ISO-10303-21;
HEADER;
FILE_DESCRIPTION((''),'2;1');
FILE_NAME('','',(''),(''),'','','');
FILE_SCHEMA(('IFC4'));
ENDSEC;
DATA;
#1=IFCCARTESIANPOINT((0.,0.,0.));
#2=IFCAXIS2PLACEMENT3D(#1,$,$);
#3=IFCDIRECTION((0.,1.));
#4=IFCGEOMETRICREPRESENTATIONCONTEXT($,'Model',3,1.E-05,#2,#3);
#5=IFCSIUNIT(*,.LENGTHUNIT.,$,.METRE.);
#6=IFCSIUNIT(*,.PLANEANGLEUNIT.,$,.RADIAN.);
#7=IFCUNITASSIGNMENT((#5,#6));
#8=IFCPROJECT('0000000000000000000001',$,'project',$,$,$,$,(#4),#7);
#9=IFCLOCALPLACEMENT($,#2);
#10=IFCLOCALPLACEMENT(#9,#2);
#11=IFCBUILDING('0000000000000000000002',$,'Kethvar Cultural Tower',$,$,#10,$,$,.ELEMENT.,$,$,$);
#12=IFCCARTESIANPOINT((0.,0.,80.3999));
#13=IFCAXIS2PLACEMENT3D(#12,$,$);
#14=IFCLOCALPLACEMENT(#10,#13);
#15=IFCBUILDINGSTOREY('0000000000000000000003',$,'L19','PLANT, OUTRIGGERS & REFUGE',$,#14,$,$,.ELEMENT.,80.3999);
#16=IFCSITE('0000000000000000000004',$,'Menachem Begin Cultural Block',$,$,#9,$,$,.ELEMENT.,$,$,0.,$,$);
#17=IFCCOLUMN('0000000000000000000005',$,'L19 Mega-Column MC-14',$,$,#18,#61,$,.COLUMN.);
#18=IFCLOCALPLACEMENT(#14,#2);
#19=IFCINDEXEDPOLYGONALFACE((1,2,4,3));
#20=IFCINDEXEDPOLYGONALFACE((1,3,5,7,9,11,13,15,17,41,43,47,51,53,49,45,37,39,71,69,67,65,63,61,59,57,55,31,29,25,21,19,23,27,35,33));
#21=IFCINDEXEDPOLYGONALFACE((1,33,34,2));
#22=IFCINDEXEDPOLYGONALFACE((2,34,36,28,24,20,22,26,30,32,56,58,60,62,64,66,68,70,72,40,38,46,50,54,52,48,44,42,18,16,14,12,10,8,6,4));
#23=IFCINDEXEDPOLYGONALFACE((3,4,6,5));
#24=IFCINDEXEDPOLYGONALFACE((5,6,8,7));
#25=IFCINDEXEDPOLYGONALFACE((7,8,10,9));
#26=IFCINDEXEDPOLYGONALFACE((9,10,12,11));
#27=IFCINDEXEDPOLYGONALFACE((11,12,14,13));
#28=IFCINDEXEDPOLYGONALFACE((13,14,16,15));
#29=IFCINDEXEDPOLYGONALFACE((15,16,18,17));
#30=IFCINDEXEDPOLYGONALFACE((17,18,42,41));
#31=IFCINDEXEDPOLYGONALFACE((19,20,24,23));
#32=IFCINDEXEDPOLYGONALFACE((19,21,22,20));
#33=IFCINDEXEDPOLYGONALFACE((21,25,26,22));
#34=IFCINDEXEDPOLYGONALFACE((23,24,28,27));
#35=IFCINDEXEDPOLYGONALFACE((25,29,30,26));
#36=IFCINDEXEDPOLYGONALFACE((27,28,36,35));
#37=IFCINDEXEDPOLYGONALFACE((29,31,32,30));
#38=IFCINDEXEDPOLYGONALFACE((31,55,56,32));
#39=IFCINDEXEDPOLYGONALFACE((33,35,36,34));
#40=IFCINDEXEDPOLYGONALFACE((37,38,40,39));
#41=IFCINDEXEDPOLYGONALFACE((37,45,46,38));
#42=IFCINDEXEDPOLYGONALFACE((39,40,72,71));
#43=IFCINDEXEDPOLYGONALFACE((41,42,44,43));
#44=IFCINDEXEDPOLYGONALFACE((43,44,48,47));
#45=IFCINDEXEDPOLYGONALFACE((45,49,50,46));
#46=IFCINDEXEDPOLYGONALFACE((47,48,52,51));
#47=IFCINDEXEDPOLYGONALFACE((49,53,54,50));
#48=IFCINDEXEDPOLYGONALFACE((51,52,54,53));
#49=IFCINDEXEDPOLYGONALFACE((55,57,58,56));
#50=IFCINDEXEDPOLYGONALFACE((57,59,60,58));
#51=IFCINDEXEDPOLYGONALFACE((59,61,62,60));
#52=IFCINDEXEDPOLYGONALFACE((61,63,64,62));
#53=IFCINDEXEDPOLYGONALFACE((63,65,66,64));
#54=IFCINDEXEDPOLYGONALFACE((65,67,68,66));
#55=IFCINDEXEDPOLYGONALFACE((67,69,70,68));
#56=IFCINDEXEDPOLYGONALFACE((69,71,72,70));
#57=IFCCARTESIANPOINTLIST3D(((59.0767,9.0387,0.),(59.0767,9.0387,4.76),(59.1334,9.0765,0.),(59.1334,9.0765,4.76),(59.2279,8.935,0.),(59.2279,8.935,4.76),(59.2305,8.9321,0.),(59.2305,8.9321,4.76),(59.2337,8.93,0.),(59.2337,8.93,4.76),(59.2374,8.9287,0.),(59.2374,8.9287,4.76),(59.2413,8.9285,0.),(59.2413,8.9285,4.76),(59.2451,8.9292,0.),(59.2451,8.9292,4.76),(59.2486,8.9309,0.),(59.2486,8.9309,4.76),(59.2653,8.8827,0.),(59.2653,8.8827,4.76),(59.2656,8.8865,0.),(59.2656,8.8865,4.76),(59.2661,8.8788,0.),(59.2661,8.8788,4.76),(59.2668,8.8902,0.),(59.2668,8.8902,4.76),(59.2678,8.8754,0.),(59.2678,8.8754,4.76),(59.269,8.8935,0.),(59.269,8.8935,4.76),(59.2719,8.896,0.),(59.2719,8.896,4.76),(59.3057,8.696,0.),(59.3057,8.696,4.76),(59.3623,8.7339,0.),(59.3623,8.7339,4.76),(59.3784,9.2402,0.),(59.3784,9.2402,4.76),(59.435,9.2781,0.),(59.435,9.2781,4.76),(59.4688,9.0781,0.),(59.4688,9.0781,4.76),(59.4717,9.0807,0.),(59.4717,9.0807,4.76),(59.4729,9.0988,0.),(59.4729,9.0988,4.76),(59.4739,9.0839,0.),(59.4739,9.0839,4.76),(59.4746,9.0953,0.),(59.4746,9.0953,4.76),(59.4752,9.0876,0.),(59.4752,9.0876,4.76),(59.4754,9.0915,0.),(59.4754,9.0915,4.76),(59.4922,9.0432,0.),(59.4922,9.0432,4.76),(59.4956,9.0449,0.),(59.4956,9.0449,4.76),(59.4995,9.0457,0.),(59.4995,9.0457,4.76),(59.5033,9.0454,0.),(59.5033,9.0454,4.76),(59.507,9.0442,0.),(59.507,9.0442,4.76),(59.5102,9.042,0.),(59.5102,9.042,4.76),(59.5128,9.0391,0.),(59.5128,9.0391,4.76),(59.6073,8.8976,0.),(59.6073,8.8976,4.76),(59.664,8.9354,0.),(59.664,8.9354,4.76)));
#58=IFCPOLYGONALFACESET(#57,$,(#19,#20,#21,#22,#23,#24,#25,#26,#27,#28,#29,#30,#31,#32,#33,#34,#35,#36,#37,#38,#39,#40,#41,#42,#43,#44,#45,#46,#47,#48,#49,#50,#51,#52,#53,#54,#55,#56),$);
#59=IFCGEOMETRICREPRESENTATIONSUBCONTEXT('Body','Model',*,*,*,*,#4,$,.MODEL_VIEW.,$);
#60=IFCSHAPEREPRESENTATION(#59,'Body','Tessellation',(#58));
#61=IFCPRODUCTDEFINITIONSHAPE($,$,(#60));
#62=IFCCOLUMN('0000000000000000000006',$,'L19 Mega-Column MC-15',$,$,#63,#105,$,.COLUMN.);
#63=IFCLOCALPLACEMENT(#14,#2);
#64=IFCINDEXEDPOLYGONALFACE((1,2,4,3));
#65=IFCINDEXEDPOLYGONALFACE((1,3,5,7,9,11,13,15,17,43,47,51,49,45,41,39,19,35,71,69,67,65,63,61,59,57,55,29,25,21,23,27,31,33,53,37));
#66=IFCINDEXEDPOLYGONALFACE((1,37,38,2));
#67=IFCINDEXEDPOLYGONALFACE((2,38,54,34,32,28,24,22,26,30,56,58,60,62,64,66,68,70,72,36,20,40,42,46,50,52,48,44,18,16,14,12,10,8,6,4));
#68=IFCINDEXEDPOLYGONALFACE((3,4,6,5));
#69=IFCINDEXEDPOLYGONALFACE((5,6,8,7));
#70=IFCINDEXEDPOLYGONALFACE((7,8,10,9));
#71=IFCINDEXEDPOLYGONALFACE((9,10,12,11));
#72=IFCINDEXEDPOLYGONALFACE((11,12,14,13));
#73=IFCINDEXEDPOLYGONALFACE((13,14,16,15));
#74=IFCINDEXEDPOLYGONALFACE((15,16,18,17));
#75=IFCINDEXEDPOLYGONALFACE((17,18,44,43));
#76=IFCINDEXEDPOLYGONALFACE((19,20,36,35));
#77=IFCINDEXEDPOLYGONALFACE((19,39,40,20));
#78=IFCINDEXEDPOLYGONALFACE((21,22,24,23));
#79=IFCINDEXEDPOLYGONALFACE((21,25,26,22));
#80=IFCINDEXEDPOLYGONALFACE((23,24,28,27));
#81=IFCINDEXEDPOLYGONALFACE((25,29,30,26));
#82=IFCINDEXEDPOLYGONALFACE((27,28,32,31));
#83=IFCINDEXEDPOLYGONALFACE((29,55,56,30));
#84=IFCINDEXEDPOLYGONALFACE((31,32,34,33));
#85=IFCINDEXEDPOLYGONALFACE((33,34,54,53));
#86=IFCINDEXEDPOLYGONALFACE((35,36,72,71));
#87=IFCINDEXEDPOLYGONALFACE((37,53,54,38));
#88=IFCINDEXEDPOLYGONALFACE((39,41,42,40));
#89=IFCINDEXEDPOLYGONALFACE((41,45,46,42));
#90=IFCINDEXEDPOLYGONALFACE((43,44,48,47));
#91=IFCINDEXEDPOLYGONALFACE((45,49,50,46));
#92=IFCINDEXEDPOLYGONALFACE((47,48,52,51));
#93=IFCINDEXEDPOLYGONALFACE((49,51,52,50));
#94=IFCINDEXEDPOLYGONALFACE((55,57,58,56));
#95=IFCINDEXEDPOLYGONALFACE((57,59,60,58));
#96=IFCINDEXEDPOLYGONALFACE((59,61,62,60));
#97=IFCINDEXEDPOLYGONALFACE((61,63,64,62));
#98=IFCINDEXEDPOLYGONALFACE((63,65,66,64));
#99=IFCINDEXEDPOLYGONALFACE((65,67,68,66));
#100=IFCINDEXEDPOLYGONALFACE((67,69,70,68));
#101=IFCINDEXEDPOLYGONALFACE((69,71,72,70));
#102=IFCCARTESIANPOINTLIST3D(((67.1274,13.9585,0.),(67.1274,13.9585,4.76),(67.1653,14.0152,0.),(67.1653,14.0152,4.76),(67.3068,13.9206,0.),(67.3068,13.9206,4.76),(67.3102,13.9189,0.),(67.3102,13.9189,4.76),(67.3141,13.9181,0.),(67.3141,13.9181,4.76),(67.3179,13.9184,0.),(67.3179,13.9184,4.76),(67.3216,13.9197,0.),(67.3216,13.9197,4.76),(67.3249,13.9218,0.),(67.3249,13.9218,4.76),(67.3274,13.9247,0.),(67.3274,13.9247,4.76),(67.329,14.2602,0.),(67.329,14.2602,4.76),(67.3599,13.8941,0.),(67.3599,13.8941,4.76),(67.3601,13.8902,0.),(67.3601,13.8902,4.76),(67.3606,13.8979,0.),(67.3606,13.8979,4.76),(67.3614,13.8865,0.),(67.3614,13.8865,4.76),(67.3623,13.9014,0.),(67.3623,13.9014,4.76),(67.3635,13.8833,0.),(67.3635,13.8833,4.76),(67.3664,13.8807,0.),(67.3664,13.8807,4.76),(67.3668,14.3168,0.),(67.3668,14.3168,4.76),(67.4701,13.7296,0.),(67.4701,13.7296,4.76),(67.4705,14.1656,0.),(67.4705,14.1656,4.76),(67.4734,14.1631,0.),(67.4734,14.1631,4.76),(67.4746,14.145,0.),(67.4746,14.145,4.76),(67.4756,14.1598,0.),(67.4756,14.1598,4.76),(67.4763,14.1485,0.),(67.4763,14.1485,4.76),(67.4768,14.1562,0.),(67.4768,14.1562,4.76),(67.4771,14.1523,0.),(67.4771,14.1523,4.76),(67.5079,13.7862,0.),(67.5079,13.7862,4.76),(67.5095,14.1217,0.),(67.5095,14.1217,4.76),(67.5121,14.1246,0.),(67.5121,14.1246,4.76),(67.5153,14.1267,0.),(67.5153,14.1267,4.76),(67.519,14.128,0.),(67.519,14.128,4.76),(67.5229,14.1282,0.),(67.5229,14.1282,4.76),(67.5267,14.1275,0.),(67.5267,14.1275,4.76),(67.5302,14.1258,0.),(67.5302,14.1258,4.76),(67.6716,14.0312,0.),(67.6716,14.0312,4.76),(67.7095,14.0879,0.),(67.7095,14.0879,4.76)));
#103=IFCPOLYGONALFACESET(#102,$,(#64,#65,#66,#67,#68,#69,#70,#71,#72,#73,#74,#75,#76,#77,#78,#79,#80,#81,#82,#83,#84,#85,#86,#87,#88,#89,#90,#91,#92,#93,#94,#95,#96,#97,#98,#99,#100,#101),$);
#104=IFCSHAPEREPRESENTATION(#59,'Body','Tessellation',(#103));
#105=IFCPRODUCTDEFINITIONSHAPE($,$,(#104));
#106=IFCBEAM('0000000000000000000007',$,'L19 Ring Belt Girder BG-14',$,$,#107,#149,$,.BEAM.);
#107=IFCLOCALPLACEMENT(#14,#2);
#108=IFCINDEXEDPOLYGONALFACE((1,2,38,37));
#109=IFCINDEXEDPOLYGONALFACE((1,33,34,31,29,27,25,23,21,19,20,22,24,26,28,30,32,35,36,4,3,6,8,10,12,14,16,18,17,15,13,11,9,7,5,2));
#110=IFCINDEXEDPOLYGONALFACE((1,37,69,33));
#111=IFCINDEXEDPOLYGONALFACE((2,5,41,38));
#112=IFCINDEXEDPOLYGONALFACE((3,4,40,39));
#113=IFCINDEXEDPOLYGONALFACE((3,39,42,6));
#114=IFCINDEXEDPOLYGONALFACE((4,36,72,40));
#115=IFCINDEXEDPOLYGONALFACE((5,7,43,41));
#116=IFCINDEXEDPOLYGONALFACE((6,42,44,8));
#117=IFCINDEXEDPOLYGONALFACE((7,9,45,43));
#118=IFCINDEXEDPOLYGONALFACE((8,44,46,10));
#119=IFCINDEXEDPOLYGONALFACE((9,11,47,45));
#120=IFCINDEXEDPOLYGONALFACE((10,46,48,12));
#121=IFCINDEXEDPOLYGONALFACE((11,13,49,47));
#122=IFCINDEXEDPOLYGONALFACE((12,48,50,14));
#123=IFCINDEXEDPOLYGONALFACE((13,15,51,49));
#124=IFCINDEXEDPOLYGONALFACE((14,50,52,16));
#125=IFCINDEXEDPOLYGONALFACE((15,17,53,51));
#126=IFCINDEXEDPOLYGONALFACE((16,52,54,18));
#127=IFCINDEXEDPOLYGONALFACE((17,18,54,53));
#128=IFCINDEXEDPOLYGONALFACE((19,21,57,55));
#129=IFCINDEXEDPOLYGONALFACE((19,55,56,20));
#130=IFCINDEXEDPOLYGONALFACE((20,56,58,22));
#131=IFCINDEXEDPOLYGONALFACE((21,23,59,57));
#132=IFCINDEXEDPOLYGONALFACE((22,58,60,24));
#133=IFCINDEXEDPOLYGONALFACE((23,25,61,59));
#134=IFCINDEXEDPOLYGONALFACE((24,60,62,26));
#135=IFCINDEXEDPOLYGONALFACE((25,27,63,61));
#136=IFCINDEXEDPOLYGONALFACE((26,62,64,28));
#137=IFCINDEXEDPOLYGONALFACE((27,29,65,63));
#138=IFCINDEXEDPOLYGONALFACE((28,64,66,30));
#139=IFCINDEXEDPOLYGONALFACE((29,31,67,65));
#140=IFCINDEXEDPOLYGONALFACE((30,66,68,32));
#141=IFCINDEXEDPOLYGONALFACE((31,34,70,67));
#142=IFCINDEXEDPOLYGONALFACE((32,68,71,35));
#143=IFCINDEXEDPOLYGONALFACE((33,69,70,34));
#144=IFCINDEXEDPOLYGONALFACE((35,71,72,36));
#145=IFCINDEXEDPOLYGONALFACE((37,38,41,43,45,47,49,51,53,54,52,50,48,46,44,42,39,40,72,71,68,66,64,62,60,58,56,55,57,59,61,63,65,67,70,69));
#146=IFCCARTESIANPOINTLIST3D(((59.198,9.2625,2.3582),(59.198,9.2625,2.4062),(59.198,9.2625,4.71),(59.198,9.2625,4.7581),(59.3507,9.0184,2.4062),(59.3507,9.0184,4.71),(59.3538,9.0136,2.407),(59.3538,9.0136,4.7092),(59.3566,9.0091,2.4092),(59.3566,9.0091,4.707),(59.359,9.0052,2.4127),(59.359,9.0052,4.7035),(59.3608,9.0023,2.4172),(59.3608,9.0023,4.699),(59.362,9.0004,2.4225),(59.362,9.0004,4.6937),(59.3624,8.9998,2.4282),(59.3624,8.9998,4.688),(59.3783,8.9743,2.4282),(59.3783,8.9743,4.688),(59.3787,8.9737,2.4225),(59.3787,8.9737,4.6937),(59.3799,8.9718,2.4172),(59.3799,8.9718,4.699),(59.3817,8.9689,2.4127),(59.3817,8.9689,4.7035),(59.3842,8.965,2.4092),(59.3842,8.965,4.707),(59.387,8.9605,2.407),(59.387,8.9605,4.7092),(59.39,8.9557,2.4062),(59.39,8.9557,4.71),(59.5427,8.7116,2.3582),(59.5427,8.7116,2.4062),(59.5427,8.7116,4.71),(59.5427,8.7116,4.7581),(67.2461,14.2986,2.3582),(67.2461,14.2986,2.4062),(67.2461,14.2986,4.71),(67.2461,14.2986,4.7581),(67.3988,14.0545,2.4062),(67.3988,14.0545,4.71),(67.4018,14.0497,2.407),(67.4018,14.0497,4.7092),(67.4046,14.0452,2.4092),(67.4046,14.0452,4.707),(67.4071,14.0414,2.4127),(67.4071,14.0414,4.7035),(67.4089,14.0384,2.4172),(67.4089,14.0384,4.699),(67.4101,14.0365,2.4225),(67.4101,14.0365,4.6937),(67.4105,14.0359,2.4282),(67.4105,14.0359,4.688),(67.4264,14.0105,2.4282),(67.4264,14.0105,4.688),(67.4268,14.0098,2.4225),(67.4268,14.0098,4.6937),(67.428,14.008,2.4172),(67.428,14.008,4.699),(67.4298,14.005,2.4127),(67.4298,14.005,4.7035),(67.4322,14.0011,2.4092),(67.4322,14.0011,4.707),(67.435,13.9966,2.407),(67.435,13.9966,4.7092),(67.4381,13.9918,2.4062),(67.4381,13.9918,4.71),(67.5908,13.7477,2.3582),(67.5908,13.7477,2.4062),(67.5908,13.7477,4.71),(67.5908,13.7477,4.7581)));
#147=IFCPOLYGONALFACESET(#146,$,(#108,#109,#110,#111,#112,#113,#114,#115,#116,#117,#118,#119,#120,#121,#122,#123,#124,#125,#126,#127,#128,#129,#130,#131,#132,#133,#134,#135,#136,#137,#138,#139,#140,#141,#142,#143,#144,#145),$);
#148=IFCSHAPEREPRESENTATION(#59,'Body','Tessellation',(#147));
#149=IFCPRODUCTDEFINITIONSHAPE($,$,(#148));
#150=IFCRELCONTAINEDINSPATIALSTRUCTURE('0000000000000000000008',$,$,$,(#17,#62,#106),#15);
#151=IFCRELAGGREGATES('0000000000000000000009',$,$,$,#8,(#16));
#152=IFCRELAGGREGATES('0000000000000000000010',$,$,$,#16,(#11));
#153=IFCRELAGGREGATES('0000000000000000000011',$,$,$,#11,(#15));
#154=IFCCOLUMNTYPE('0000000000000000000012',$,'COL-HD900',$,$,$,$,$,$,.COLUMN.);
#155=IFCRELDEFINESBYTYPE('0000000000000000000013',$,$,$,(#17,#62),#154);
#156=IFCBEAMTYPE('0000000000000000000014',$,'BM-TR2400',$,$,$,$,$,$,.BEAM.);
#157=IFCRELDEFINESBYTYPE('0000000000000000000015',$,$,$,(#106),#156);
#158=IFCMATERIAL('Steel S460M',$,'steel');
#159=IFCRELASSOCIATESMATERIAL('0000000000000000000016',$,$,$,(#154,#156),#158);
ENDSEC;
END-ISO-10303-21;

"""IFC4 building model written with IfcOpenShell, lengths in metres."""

from ifc_helpers import new_model, si_unit, direction, frame, origin, origin_2d, place, context, subcontext, project, spatial, i_section, extrude, source, transform, mapped, material, material_profile, profile_set, type_object, element, save


model = new_model("IFC4")

# Units and contexts
model_context = context("Model", 3, precision=1e-05, world=origin(), true_north=direction((0.0, 1.0)))
body_context = subcontext(model_context, "Body", "Model", "MODEL_VIEW")
ifc_project = project(units=[si_unit("LENGTHUNIT", "METRE"), si_unit("PLANEANGLEUNIT", "RADIAN")], contexts=[model_context])

# Site, building, storey
site_placement = place(None, origin())
site = spatial("IfcSite", under=ifc_project, at=site_placement, Name="Menachem Begin Cultural Block", CompositionType="ELEMENT", RefElevation=0.0)
building_placement = place(site_placement, origin())
building = spatial("IfcBuilding", under=site, at=building_placement, Name="Kethvar Cultural Tower", CompositionType="ELEMENT")
storey_placement = place(building_placement, frame((0.0, 0.0, 80.3999)))
storey = spatial("IfcBuildingStorey", under=building, at=storey_placement, Name="L19", Description="PLANT, OUTRIGGERS & REFUGE", CompositionType="ELEMENT", Elevation=80.3999)

# Columns
ifc_material_1 = material(Name="Steel S460M", Category="steel")
ifc_material_profile_1 = material_profile(ifc_material_1, i_section(OverallWidth=0.4121, OverallDepth=0.4309, WebThickness=0.042, FlangeThickness=0.0681, FilletRadius=0.0149, at=origin_2d()), Name="Steel S460M — HD400x900")
ifc_profile_set_1 = profile_set([ifc_material_profile_1], Name="Steel S460M — HD400x900")
column_type = type_object("IfcColumnType", Name="COL-HD900", PredefinedType="COLUMN", material=ifc_profile_set_1)
shared_shape_1 = source(origin(), body_context, "Body", "SweptSolid", [
    extrude(i_section(OverallWidth=0.4121, OverallDepth=0.4309, WebThickness=0.042, FlangeThickness=0.0681, FilletRadius=0.0149, at=origin_2d()), origin(), (0.0, 0.0, 1.0), 4.76),
])
for number, where, z_axis, x_axis, name in (
    (1, (59.3704, 8.9871, 0.0), (0.0, 0.0, 1.0), (0.55557, -0.83147, 0.0), "L19 Mega-Column MC-14"),
    (2, (67.4185, 14.0232, 0.0), (0.0, 0.0, 1.0), (0.83147, -0.55557, 0.0), "L19 Mega-Column MC-15"),
):
    element("IfcColumn", number, at=place(storey_placement, frame(where, z_axis=z_axis, x_axis=x_axis)), inside=storey, type_object=column_type, Name=name, PredefinedType="COLUMN", context=body_context, shape_type="MappedRepresentation", body=[
        mapped(shared_shape_1, transform((0.0, 0.0, 0.0), scale=1.0)),
    ])

# Beam
ifc_material_profile_2 = material_profile(ifc_material_1, i_section(OverallWidth=0.6499, OverallDepth=2.3999, WebThickness=0.03, FlangeThickness=0.0481, FilletRadius=0.022, at=origin_2d()), Name="Steel S460M — PG2400x650x48x30")
ifc_profile_set_2 = profile_set([ifc_material_profile_2], Name="Steel S460M — PG2400x650x48x30")
beam_type = type_object("IfcBeamType", Name="BM-TR2400", PredefinedType="BEAM", material=ifc_profile_set_2)
shared_shape_2 = source(origin(), body_context, "Body", "SweptSolid", [
    extrude(i_section(OverallWidth=0.6499, OverallDepth=2.3999, WebThickness=0.03, FlangeThickness=0.0481, FilletRadius=0.022, at=origin_2d()), origin(), (0.0, 0.0, 1.0), 9.4939),
])
beam_placement = place(storey_placement, frame((59.3704, 8.9871, 3.5581), z_axis=(0.847711, 0.530459, 0.0), x_axis=(-0.530459, 0.847711, 0.0)))
element("IfcBeam", 3, at=beam_placement, inside=storey, type_object=beam_type, Name="L19 Ring Belt Girder BG-14", PredefinedType="BEAM", context=body_context, shape_type="MappedRepresentation", body=[
    mapped(shared_shape_2, transform((0.0, 0.0, 0.0), scale=1.0)),
])

save(model, "model.ifc")
